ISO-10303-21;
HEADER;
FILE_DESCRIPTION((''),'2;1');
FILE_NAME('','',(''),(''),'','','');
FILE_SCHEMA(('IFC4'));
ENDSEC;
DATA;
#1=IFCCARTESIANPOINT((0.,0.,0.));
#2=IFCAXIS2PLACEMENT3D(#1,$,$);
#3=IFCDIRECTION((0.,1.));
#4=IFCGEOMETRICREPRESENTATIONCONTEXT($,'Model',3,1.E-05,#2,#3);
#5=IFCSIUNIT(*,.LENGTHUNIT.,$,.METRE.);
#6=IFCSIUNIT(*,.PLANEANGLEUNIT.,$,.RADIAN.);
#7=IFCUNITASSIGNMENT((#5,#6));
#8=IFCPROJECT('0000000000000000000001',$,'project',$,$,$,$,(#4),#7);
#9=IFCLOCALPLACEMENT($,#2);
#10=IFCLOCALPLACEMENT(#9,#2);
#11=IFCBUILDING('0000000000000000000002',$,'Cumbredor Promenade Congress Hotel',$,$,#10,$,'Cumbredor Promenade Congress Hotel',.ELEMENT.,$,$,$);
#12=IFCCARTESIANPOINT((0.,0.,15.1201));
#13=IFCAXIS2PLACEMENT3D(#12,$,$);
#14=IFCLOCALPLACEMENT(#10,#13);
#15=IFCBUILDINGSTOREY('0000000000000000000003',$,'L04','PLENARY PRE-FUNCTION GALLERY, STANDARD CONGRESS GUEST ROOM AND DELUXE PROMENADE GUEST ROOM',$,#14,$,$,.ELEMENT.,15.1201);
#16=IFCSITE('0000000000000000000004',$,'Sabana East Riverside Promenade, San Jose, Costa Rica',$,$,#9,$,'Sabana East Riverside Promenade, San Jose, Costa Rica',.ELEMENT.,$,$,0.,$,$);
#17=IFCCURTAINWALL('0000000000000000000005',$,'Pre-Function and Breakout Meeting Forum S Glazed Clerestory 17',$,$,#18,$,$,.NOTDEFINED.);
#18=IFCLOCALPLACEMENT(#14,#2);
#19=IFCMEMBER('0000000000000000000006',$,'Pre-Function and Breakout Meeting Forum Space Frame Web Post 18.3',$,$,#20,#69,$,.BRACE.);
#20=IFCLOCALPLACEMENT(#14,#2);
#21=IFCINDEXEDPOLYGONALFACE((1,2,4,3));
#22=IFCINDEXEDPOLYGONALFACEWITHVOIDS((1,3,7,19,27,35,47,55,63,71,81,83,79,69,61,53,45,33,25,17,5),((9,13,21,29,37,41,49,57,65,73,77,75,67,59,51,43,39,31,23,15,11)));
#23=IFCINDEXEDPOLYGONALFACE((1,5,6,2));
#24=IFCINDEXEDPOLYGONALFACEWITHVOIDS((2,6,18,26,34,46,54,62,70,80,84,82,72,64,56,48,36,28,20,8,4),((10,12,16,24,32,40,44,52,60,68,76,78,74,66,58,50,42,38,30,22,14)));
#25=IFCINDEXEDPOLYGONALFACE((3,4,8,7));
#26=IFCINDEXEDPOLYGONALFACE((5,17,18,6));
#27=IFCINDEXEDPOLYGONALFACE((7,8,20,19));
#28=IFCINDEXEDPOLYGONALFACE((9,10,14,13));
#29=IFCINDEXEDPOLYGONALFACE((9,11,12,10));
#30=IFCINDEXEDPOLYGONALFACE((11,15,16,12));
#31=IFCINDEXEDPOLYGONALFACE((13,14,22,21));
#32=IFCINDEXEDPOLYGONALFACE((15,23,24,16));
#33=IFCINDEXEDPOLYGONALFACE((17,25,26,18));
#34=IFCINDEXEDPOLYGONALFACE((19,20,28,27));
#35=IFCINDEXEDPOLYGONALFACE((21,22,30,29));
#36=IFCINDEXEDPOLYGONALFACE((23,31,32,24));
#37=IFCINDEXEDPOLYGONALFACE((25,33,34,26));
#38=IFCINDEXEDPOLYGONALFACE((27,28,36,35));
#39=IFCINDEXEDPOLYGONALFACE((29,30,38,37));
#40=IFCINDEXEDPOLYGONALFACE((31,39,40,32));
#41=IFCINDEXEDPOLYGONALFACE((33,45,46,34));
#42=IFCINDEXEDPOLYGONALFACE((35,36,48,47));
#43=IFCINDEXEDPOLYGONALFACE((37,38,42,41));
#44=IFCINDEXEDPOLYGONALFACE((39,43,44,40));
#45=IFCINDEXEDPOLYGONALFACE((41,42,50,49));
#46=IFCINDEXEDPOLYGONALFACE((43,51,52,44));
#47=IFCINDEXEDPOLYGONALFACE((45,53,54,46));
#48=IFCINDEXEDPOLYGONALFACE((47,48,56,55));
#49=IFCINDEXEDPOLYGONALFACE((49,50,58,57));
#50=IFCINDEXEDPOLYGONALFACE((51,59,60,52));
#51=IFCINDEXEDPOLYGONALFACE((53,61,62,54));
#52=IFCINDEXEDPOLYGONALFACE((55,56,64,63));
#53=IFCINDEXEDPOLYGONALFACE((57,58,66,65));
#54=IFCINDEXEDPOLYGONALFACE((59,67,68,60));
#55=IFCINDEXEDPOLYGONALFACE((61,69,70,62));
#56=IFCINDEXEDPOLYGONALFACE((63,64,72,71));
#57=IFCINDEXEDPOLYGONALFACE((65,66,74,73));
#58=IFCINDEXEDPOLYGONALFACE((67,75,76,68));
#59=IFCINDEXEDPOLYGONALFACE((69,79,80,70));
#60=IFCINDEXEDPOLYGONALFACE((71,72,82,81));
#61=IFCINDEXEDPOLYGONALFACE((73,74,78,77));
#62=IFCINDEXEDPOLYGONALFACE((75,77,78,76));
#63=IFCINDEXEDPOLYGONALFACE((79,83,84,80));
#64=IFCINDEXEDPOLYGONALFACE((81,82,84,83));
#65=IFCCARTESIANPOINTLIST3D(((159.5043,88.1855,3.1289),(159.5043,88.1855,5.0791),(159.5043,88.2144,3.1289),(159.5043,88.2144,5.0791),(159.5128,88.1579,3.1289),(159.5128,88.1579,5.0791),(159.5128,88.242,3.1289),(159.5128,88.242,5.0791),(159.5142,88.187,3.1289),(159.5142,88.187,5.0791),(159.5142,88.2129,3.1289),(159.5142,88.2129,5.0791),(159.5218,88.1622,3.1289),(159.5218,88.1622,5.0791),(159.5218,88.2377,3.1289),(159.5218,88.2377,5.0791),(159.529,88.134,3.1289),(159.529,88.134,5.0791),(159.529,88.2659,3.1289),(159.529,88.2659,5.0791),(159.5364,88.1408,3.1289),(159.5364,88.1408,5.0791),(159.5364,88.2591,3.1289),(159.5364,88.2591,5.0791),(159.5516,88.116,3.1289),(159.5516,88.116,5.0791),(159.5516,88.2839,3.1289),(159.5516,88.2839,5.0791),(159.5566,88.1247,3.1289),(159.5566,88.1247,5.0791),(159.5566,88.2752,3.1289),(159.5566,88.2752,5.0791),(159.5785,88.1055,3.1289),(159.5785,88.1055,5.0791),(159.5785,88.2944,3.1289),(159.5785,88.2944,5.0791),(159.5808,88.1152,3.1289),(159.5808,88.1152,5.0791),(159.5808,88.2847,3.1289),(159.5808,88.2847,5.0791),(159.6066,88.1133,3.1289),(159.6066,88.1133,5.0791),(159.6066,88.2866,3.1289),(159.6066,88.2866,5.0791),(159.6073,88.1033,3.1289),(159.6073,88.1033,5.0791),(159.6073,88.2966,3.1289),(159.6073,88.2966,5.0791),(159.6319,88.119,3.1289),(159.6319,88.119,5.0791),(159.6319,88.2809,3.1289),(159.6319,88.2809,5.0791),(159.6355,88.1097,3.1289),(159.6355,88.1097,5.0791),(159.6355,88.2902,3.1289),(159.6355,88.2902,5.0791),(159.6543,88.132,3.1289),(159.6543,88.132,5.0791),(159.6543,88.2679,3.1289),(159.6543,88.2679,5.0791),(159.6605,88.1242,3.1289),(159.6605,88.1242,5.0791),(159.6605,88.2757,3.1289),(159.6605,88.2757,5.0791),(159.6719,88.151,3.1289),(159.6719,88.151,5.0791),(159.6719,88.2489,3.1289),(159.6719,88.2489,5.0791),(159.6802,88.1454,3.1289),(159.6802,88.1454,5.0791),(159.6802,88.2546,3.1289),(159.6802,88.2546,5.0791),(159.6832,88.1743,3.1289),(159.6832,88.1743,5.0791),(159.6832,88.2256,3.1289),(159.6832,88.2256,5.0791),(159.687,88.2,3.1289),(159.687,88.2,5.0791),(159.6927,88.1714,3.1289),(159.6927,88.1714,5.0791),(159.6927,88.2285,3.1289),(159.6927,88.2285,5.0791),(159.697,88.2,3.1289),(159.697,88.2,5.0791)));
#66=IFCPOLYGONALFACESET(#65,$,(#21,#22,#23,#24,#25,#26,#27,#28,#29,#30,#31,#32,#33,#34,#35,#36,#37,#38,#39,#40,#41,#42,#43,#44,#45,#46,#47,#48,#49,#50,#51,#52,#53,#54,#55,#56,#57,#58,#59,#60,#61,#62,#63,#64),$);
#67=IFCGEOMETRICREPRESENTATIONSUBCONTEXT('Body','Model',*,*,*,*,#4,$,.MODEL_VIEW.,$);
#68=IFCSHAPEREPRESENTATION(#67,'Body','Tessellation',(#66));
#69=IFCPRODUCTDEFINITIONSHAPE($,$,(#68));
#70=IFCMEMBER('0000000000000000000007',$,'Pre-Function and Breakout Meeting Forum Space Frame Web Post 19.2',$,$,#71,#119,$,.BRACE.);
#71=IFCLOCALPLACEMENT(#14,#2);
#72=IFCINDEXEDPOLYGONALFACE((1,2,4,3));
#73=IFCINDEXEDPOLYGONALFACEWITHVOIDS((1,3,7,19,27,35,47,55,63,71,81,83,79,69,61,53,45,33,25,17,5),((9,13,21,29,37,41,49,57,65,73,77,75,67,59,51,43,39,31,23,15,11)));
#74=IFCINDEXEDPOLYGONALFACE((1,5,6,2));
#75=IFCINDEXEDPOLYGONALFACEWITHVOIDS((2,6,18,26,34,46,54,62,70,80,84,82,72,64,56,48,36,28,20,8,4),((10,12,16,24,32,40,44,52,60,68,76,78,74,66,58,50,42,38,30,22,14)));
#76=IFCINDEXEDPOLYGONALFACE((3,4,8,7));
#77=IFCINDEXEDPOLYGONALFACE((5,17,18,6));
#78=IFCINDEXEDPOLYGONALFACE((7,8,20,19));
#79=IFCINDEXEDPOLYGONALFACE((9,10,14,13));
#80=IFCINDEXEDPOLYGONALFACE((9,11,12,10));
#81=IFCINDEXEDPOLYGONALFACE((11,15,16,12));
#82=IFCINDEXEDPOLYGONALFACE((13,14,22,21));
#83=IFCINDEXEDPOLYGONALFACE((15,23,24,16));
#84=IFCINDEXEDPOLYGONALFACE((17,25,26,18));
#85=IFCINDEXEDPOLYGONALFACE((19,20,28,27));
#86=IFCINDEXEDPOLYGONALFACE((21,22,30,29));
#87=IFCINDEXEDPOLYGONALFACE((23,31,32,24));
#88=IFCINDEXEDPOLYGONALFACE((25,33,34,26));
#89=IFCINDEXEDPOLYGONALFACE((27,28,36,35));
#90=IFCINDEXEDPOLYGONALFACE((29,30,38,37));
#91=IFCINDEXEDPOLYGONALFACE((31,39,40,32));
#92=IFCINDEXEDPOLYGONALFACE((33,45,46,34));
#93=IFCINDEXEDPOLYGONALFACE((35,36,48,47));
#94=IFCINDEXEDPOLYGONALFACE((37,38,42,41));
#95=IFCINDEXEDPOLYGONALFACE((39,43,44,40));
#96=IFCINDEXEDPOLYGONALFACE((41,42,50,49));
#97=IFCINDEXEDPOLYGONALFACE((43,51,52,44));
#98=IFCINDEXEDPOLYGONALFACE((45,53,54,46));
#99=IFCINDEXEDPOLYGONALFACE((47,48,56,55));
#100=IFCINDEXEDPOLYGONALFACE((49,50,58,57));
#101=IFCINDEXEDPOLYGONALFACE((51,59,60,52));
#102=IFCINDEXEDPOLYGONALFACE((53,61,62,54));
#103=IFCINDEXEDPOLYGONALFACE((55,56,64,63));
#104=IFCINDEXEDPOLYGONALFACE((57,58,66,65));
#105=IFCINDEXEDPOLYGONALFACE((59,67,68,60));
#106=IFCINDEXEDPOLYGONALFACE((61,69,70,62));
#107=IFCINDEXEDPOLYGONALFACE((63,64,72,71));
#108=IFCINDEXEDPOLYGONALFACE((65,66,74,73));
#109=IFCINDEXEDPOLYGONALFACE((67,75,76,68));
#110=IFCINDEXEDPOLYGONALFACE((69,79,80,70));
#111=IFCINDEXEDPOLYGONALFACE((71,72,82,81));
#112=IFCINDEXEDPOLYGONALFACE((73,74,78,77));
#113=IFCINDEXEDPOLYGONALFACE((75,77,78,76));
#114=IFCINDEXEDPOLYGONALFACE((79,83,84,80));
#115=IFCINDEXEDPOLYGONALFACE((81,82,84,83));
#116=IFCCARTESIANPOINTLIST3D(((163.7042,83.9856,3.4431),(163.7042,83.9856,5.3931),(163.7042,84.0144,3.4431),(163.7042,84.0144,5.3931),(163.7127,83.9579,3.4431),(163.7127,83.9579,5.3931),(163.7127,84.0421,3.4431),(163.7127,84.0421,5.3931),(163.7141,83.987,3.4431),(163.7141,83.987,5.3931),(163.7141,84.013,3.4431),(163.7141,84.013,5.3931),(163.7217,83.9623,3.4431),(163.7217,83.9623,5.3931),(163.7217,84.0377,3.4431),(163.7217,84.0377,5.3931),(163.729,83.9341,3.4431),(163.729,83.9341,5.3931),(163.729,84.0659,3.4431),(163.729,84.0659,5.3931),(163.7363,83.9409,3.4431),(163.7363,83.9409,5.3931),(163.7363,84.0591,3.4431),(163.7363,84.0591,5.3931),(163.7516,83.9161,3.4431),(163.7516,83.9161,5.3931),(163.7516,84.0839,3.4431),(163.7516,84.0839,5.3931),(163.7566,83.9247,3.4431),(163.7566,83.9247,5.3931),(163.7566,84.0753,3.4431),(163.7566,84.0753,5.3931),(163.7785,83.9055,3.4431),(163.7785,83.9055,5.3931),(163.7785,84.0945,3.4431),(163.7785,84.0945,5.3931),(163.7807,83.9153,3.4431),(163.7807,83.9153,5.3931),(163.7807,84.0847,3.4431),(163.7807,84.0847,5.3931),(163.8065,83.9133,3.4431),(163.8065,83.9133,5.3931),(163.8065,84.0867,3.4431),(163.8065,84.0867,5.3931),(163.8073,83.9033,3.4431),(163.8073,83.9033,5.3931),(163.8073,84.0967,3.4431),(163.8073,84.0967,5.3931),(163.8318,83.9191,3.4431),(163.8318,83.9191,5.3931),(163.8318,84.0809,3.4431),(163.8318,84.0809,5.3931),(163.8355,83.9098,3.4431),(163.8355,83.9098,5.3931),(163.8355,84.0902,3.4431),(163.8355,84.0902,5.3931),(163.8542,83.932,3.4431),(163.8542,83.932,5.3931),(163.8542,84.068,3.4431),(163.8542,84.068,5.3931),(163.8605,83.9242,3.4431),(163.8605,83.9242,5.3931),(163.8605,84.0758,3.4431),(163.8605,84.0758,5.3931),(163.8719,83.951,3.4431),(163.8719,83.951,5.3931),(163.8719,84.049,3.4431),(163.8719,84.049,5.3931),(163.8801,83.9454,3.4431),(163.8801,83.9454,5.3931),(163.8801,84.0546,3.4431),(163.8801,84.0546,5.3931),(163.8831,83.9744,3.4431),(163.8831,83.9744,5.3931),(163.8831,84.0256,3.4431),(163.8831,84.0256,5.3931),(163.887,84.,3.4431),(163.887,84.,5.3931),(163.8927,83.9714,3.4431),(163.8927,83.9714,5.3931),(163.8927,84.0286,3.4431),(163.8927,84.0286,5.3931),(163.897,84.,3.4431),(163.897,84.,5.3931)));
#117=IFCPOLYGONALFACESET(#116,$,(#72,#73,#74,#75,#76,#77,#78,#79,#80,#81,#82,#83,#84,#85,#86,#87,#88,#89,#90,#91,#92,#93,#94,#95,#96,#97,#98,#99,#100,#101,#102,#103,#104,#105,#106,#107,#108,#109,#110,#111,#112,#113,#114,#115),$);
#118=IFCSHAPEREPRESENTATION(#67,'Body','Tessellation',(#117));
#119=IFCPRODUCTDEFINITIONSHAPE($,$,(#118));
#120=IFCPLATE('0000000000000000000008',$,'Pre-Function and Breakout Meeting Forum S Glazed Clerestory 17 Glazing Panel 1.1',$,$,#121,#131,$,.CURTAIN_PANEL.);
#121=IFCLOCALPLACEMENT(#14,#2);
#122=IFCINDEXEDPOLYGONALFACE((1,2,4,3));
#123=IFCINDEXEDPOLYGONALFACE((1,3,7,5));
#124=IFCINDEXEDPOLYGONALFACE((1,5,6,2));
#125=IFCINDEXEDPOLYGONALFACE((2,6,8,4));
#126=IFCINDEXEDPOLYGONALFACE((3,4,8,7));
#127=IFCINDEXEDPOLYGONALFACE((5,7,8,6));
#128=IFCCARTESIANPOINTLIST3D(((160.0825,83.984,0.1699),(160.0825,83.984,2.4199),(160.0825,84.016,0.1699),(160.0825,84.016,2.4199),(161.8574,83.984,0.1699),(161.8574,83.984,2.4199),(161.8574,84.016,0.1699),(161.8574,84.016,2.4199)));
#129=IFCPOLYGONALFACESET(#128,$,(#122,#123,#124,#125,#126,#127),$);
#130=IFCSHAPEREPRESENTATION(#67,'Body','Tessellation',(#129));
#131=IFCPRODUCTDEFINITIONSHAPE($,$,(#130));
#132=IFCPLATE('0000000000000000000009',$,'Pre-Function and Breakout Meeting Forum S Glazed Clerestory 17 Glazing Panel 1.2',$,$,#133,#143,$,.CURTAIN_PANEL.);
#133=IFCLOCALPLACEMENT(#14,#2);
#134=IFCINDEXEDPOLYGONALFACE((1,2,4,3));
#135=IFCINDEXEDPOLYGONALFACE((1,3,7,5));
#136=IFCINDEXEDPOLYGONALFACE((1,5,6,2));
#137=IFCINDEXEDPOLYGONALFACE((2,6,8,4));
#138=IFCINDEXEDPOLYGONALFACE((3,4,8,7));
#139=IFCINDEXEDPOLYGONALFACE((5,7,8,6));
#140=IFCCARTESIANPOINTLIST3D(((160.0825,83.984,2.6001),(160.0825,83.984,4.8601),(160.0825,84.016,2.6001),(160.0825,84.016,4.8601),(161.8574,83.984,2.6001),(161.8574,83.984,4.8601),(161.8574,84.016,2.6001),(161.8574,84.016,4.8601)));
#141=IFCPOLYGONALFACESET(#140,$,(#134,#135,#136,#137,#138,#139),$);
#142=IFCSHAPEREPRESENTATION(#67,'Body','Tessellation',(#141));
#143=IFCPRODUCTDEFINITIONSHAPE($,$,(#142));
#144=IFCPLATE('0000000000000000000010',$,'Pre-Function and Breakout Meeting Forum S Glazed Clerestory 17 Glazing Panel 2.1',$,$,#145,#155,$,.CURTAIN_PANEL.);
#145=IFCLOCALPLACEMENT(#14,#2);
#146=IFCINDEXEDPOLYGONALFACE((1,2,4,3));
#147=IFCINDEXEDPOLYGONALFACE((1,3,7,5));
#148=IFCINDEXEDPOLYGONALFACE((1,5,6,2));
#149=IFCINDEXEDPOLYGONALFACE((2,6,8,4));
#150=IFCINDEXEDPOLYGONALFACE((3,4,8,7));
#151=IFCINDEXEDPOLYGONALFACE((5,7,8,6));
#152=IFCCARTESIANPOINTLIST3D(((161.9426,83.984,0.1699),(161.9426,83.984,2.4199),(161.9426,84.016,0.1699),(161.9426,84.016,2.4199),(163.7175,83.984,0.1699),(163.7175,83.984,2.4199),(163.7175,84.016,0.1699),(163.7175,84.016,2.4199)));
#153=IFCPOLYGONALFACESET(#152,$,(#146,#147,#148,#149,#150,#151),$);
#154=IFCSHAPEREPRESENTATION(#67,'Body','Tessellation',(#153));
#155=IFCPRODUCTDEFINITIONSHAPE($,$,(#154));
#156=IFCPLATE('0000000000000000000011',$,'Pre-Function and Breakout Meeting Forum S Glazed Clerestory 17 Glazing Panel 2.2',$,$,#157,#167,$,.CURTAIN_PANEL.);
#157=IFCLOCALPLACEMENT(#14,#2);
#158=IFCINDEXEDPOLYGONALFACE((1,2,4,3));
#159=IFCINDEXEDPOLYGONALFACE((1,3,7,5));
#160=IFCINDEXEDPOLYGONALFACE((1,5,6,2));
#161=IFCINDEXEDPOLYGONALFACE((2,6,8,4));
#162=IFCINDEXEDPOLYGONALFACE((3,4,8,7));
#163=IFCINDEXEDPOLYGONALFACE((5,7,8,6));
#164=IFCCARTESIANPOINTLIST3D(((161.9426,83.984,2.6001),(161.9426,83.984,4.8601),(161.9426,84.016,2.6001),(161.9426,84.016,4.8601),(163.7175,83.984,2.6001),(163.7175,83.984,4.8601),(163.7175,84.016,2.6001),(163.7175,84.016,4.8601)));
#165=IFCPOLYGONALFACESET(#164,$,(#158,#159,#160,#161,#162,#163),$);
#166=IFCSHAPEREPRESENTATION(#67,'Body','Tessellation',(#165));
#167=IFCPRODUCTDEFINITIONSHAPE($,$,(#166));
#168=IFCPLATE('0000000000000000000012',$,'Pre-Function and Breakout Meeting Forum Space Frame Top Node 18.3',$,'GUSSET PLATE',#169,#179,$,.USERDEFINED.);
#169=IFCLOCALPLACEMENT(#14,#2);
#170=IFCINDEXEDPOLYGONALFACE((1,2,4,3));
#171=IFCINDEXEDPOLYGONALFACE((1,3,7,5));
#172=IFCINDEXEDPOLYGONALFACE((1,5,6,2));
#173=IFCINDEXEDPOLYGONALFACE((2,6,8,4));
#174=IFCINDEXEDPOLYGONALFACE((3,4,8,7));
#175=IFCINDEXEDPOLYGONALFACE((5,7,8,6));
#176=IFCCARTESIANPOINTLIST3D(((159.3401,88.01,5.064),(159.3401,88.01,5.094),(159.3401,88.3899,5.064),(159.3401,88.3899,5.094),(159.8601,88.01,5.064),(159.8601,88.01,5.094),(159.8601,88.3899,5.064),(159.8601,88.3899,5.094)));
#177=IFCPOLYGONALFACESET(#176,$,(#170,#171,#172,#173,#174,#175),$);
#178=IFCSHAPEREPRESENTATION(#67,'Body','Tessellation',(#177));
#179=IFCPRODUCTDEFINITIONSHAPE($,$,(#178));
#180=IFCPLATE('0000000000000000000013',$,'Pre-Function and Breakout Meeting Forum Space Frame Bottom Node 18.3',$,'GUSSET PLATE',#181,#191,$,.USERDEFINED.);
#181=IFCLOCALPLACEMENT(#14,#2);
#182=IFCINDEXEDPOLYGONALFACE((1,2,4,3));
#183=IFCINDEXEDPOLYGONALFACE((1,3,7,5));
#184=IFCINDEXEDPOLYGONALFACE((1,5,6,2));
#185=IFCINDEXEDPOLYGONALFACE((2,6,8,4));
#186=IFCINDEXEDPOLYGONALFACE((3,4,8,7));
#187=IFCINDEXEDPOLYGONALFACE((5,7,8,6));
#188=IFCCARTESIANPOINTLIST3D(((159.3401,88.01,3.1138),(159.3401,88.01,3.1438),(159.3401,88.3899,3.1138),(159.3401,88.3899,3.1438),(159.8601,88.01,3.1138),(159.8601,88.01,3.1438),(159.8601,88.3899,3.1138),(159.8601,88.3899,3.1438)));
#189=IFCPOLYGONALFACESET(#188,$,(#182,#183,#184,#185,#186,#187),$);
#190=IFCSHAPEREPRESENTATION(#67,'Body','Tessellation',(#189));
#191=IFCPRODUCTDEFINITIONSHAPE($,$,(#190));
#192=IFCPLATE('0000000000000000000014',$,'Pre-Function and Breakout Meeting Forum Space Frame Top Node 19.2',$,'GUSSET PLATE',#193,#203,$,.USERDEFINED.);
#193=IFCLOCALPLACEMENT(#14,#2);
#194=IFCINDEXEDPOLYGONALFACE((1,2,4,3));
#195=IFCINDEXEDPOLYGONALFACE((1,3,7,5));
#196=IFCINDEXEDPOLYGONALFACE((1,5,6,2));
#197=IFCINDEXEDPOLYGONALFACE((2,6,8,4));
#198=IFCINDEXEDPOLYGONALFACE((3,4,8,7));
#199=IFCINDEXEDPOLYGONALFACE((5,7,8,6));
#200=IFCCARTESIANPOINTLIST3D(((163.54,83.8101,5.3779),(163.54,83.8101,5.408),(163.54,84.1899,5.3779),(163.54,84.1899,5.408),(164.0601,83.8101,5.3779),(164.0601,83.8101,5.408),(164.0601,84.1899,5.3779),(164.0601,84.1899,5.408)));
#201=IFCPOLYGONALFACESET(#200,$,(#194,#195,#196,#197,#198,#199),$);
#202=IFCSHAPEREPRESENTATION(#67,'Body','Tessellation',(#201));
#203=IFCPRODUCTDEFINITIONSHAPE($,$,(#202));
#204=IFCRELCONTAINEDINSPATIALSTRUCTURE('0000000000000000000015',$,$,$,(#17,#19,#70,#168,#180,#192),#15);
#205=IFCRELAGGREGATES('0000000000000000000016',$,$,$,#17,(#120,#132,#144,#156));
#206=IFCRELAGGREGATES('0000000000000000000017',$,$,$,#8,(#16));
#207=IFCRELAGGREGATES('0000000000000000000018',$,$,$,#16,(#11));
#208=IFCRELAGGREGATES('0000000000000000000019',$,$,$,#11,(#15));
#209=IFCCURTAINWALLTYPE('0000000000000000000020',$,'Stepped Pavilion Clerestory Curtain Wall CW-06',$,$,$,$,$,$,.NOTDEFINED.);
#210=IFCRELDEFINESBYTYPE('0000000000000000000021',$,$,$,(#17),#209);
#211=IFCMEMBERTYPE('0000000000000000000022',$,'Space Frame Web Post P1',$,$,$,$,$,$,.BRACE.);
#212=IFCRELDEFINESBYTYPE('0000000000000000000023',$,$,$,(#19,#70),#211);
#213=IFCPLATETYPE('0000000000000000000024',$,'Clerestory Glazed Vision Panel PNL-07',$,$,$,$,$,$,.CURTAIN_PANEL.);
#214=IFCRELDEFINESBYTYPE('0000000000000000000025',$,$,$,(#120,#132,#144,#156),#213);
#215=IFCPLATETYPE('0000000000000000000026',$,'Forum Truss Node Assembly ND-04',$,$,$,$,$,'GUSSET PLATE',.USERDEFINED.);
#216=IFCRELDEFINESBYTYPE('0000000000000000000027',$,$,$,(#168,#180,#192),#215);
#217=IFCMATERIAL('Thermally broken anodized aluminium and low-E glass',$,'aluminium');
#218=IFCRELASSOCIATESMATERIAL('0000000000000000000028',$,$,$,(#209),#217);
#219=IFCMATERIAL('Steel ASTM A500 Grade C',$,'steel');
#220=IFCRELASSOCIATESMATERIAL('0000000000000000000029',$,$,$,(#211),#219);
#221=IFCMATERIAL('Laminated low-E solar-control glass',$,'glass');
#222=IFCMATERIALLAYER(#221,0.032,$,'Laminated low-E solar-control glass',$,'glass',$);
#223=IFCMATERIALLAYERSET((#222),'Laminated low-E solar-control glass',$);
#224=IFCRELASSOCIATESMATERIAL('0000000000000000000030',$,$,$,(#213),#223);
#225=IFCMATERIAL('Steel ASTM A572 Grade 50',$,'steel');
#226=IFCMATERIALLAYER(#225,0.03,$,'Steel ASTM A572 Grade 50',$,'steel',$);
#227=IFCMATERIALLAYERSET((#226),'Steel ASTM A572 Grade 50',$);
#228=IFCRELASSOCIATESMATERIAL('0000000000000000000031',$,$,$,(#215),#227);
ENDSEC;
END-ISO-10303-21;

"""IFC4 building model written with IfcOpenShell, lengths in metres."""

from ifc_helpers import new_model, si_unit, direction, frame, origin, origin_2d, place, context, subcontext, project, spatial, rectangle, hollow_circle, extrude, material, layer, layer_set, material_profile, profile_set, type_object, element, aggregate, save


model = new_model("IFC4")

# Units and contexts
model_context = context("Model", 3, precision=1e-05, world=origin(), true_north=direction((0.0, 1.0)))
body_context = subcontext(model_context, "Body", "Model", "MODEL_VIEW")
ifc_project = project(units=[si_unit("LENGTHUNIT", "METRE"), si_unit("PLANEANGLEUNIT", "RADIAN")], contexts=[model_context])

# Site, building, storey
site_placement = place(None, origin())
site = spatial("IfcSite", under=ifc_project, at=site_placement, Name="Sabana East Riverside Promenade, San Jose, Costa Rica", LongName="Sabana East Riverside Promenade, San Jose, Costa Rica", CompositionType="ELEMENT", RefElevation=0.0)
building_placement = place(site_placement, origin())
building = spatial("IfcBuilding", under=site, at=building_placement, Name="Cumbredor Promenade Congress Hotel", LongName="Cumbredor Promenade Congress Hotel", CompositionType="ELEMENT")
storey_placement = place(building_placement, frame((0.0, 0.0, 15.1201)))
storey = spatial("IfcBuildingStorey", under=building, at=storey_placement, Name="L04", Description="PLENARY PRE-FUNCTION GALLERY, STANDARD CONGRESS GUEST ROOM AND DELUXE PROMENADE GUEST ROOM", CompositionType="ELEMENT", Elevation=15.1201)

# Curtain wall
ifc_material_1 = material(Name="Thermally broken anodized aluminium and low-E glass", Category="aluminium")
curtain_wall_type = type_object("IfcCurtainWallType", Name="Stepped Pavilion Clerestory Curtain Wall CW-06", PredefinedType="NOTDEFINED", material=ifc_material_1)
curtain_wall_placement = place(storey_placement, origin())
curtain_wall = element("IfcCurtainWall", 1, at=curtain_wall_placement, inside=storey, type_object=curtain_wall_type, Name="Pre-Function and Breakout Meeting Forum S Glazed Clerestory 17", PredefinedType="NOTDEFINED")

# Members
ifc_material_2 = material(Name="Steel ASTM A500 Grade C", Category="steel")
ifc_material_profile_1 = material_profile(ifc_material_2, hollow_circle(Radius=0.0969, WallThickness=0.01, at=origin_2d()), Name="CHS 193.7x10")
ifc_profile_set_1 = profile_set([ifc_material_profile_1], Name="Steel ASTM A500 Grade C")
member_type_1 = type_object("IfcMemberType", Name="Space Frame Web Post P1", PredefinedType="BRACE", material=ifc_profile_set_1)
member_1_placement = place(storey_placement, frame((159.6001, 88.2, 3.1289), z_axis=(0.0, 0.0, 1.0), x_axis=(1.0, 0.0, 0.0)))
element("IfcMember", 2, at=member_1_placement, inside=storey, type_object=member_type_1, Name="Pre-Function and Breakout Meeting Forum Space Frame Web Post 18.3", PredefinedType="BRACE", context=body_context, shape_type="SweptSolid", body=[
    extrude(hollow_circle(Radius=0.0969, WallThickness=0.01, at=origin_2d()), origin(), (0.0, 0.0, 1.0), 1.9502),
])
member_2_placement = place(storey_placement, frame((163.8, 84.0, 3.4431), z_axis=(0.0, 0.0, 1.0), x_axis=(1.0, 0.0, 0.0)))
element("IfcMember", 3, at=member_2_placement, inside=storey, type_object=member_type_1, Name="Pre-Function and Breakout Meeting Forum Space Frame Web Post 19.2", PredefinedType="BRACE", context=body_context, shape_type="SweptSolid", body=[
    extrude(hollow_circle(Radius=0.0969, WallThickness=0.01, at=origin_2d()), origin(), (0.0, 0.0, 1.0), 1.95),
])

# Plates
ifc_material_3 = material(Name="Laminated low-E solar-control glass", Category="glass")
ifc_layer_1 = layer(ifc_material_3, 0.032, Name="Laminated low-E solar-control glass", Category="glass")
ifc_layer_set_1 = layer_set([ifc_layer_1], Name="Laminated low-E solar-control glass")
plate_type_1 = type_object("IfcPlateType", Name="Clerestory Glazed Vision Panel PNL-07", PredefinedType="CURTAIN_PANEL", material=ifc_layer_set_1)
plate_1_placement = place(storey_placement, frame((160.97, 84.0, 0.1699), z_axis=(0.0, 0.0, 1.0), x_axis=(1.0, 0.0, 0.0)))
plate_1 = element("IfcPlate", 4, at=plate_1_placement, type_object=plate_type_1, Name="Pre-Function and Breakout Meeting Forum S Glazed Clerestory 17 Glazing Panel 1.1", PredefinedType="CURTAIN_PANEL", context=body_context, shape_type="SweptSolid", body=[
    extrude(rectangle(XDim=1.7749, YDim=0.032, at=origin_2d()), origin(), (0.0, 0.0, 1.0), 2.25),
])
plate_2_placement = place(storey_placement, frame((160.97, 84.0, 2.6001), z_axis=(0.0, 0.0, 1.0), x_axis=(1.0, 0.0, 0.0)))
plate_2 = element("IfcPlate", 5, at=plate_2_placement, type_object=plate_type_1, Name="Pre-Function and Breakout Meeting Forum S Glazed Clerestory 17 Glazing Panel 1.2", PredefinedType="CURTAIN_PANEL", context=body_context, shape_type="SweptSolid", body=[
    extrude(rectangle(XDim=1.7749, YDim=0.032, at=origin_2d()), origin(), (0.0, 0.0, 1.0), 2.26),
])
plate_3_placement = place(storey_placement, frame((162.8301, 84.0, 0.1699), z_axis=(0.0, 0.0, 1.0), x_axis=(1.0, 0.0, 0.0)))
plate_3 = element("IfcPlate", 6, at=plate_3_placement, type_object=plate_type_1, Name="Pre-Function and Breakout Meeting Forum S Glazed Clerestory 17 Glazing Panel 2.1", PredefinedType="CURTAIN_PANEL", context=body_context, shape_type="SweptSolid", body=[
    extrude(rectangle(XDim=1.7749, YDim=0.032, at=origin_2d()), origin(), (0.0, 0.0, 1.0), 2.25),
])
plate_4_placement = place(storey_placement, frame((162.8301, 84.0, 2.6001), z_axis=(0.0, 0.0, 1.0), x_axis=(1.0, 0.0, 0.0)))
plate_4 = element("IfcPlate", 7, at=plate_4_placement, type_object=plate_type_1, Name="Pre-Function and Breakout Meeting Forum S Glazed Clerestory 17 Glazing Panel 2.2", PredefinedType="CURTAIN_PANEL", context=body_context, shape_type="SweptSolid", body=[
    extrude(rectangle(XDim=1.7749, YDim=0.032, at=origin_2d()), origin(), (0.0, 0.0, 1.0), 2.26),
])
aggregate(curtain_wall, [plate_1, plate_2, plate_3, plate_4])

# Plates
ifc_material_4 = material(Name="Steel ASTM A572 Grade 50", Category="steel")
ifc_layer_2 = layer(ifc_material_4, 0.03, Name="Steel ASTM A572 Grade 50", Category="steel")
ifc_layer_set_2 = layer_set([ifc_layer_2], Name="Steel ASTM A572 Grade 50")
plate_type_2 = type_object("IfcPlateType", Name="Forum Truss Node Assembly ND-04", ElementType="GUSSET PLATE", PredefinedType="USERDEFINED", material=ifc_layer_set_2)
for number, where, z_axis, x_axis, name in (
    (8, (159.6001, 88.2, 5.064), (0.0, 0.0, 1.0), (1.0, 0.0, 0.0), "Pre-Function and Breakout Meeting Forum Space Frame Top Node 18.3"),
    (9, (159.6001, 88.2, 3.1138), (0.0, 0.0, 1.0), (1.0, 0.0, 0.0), "Pre-Function and Breakout Meeting Forum Space Frame Bottom Node 18.3"),
    (10, (163.8, 84.0, 5.3779), (0.0, 0.0, 1.0), (1.0, 0.0, 0.0), "Pre-Function and Breakout Meeting Forum Space Frame Top Node 19.2"),
):
    element("IfcPlate", number, at=place(storey_placement, frame(where, z_axis=z_axis, x_axis=x_axis)), inside=storey, type_object=plate_type_2, Name=name, ObjectType="GUSSET PLATE", PredefinedType="USERDEFINED", context=body_context, shape_type="SweptSolid", body=[
        extrude(rectangle(XDim=0.52, YDim=0.3799, at=origin_2d()), origin(), (0.0, 0.0, 1.0), 0.03),
    ])

save(model, "model.ifc")
